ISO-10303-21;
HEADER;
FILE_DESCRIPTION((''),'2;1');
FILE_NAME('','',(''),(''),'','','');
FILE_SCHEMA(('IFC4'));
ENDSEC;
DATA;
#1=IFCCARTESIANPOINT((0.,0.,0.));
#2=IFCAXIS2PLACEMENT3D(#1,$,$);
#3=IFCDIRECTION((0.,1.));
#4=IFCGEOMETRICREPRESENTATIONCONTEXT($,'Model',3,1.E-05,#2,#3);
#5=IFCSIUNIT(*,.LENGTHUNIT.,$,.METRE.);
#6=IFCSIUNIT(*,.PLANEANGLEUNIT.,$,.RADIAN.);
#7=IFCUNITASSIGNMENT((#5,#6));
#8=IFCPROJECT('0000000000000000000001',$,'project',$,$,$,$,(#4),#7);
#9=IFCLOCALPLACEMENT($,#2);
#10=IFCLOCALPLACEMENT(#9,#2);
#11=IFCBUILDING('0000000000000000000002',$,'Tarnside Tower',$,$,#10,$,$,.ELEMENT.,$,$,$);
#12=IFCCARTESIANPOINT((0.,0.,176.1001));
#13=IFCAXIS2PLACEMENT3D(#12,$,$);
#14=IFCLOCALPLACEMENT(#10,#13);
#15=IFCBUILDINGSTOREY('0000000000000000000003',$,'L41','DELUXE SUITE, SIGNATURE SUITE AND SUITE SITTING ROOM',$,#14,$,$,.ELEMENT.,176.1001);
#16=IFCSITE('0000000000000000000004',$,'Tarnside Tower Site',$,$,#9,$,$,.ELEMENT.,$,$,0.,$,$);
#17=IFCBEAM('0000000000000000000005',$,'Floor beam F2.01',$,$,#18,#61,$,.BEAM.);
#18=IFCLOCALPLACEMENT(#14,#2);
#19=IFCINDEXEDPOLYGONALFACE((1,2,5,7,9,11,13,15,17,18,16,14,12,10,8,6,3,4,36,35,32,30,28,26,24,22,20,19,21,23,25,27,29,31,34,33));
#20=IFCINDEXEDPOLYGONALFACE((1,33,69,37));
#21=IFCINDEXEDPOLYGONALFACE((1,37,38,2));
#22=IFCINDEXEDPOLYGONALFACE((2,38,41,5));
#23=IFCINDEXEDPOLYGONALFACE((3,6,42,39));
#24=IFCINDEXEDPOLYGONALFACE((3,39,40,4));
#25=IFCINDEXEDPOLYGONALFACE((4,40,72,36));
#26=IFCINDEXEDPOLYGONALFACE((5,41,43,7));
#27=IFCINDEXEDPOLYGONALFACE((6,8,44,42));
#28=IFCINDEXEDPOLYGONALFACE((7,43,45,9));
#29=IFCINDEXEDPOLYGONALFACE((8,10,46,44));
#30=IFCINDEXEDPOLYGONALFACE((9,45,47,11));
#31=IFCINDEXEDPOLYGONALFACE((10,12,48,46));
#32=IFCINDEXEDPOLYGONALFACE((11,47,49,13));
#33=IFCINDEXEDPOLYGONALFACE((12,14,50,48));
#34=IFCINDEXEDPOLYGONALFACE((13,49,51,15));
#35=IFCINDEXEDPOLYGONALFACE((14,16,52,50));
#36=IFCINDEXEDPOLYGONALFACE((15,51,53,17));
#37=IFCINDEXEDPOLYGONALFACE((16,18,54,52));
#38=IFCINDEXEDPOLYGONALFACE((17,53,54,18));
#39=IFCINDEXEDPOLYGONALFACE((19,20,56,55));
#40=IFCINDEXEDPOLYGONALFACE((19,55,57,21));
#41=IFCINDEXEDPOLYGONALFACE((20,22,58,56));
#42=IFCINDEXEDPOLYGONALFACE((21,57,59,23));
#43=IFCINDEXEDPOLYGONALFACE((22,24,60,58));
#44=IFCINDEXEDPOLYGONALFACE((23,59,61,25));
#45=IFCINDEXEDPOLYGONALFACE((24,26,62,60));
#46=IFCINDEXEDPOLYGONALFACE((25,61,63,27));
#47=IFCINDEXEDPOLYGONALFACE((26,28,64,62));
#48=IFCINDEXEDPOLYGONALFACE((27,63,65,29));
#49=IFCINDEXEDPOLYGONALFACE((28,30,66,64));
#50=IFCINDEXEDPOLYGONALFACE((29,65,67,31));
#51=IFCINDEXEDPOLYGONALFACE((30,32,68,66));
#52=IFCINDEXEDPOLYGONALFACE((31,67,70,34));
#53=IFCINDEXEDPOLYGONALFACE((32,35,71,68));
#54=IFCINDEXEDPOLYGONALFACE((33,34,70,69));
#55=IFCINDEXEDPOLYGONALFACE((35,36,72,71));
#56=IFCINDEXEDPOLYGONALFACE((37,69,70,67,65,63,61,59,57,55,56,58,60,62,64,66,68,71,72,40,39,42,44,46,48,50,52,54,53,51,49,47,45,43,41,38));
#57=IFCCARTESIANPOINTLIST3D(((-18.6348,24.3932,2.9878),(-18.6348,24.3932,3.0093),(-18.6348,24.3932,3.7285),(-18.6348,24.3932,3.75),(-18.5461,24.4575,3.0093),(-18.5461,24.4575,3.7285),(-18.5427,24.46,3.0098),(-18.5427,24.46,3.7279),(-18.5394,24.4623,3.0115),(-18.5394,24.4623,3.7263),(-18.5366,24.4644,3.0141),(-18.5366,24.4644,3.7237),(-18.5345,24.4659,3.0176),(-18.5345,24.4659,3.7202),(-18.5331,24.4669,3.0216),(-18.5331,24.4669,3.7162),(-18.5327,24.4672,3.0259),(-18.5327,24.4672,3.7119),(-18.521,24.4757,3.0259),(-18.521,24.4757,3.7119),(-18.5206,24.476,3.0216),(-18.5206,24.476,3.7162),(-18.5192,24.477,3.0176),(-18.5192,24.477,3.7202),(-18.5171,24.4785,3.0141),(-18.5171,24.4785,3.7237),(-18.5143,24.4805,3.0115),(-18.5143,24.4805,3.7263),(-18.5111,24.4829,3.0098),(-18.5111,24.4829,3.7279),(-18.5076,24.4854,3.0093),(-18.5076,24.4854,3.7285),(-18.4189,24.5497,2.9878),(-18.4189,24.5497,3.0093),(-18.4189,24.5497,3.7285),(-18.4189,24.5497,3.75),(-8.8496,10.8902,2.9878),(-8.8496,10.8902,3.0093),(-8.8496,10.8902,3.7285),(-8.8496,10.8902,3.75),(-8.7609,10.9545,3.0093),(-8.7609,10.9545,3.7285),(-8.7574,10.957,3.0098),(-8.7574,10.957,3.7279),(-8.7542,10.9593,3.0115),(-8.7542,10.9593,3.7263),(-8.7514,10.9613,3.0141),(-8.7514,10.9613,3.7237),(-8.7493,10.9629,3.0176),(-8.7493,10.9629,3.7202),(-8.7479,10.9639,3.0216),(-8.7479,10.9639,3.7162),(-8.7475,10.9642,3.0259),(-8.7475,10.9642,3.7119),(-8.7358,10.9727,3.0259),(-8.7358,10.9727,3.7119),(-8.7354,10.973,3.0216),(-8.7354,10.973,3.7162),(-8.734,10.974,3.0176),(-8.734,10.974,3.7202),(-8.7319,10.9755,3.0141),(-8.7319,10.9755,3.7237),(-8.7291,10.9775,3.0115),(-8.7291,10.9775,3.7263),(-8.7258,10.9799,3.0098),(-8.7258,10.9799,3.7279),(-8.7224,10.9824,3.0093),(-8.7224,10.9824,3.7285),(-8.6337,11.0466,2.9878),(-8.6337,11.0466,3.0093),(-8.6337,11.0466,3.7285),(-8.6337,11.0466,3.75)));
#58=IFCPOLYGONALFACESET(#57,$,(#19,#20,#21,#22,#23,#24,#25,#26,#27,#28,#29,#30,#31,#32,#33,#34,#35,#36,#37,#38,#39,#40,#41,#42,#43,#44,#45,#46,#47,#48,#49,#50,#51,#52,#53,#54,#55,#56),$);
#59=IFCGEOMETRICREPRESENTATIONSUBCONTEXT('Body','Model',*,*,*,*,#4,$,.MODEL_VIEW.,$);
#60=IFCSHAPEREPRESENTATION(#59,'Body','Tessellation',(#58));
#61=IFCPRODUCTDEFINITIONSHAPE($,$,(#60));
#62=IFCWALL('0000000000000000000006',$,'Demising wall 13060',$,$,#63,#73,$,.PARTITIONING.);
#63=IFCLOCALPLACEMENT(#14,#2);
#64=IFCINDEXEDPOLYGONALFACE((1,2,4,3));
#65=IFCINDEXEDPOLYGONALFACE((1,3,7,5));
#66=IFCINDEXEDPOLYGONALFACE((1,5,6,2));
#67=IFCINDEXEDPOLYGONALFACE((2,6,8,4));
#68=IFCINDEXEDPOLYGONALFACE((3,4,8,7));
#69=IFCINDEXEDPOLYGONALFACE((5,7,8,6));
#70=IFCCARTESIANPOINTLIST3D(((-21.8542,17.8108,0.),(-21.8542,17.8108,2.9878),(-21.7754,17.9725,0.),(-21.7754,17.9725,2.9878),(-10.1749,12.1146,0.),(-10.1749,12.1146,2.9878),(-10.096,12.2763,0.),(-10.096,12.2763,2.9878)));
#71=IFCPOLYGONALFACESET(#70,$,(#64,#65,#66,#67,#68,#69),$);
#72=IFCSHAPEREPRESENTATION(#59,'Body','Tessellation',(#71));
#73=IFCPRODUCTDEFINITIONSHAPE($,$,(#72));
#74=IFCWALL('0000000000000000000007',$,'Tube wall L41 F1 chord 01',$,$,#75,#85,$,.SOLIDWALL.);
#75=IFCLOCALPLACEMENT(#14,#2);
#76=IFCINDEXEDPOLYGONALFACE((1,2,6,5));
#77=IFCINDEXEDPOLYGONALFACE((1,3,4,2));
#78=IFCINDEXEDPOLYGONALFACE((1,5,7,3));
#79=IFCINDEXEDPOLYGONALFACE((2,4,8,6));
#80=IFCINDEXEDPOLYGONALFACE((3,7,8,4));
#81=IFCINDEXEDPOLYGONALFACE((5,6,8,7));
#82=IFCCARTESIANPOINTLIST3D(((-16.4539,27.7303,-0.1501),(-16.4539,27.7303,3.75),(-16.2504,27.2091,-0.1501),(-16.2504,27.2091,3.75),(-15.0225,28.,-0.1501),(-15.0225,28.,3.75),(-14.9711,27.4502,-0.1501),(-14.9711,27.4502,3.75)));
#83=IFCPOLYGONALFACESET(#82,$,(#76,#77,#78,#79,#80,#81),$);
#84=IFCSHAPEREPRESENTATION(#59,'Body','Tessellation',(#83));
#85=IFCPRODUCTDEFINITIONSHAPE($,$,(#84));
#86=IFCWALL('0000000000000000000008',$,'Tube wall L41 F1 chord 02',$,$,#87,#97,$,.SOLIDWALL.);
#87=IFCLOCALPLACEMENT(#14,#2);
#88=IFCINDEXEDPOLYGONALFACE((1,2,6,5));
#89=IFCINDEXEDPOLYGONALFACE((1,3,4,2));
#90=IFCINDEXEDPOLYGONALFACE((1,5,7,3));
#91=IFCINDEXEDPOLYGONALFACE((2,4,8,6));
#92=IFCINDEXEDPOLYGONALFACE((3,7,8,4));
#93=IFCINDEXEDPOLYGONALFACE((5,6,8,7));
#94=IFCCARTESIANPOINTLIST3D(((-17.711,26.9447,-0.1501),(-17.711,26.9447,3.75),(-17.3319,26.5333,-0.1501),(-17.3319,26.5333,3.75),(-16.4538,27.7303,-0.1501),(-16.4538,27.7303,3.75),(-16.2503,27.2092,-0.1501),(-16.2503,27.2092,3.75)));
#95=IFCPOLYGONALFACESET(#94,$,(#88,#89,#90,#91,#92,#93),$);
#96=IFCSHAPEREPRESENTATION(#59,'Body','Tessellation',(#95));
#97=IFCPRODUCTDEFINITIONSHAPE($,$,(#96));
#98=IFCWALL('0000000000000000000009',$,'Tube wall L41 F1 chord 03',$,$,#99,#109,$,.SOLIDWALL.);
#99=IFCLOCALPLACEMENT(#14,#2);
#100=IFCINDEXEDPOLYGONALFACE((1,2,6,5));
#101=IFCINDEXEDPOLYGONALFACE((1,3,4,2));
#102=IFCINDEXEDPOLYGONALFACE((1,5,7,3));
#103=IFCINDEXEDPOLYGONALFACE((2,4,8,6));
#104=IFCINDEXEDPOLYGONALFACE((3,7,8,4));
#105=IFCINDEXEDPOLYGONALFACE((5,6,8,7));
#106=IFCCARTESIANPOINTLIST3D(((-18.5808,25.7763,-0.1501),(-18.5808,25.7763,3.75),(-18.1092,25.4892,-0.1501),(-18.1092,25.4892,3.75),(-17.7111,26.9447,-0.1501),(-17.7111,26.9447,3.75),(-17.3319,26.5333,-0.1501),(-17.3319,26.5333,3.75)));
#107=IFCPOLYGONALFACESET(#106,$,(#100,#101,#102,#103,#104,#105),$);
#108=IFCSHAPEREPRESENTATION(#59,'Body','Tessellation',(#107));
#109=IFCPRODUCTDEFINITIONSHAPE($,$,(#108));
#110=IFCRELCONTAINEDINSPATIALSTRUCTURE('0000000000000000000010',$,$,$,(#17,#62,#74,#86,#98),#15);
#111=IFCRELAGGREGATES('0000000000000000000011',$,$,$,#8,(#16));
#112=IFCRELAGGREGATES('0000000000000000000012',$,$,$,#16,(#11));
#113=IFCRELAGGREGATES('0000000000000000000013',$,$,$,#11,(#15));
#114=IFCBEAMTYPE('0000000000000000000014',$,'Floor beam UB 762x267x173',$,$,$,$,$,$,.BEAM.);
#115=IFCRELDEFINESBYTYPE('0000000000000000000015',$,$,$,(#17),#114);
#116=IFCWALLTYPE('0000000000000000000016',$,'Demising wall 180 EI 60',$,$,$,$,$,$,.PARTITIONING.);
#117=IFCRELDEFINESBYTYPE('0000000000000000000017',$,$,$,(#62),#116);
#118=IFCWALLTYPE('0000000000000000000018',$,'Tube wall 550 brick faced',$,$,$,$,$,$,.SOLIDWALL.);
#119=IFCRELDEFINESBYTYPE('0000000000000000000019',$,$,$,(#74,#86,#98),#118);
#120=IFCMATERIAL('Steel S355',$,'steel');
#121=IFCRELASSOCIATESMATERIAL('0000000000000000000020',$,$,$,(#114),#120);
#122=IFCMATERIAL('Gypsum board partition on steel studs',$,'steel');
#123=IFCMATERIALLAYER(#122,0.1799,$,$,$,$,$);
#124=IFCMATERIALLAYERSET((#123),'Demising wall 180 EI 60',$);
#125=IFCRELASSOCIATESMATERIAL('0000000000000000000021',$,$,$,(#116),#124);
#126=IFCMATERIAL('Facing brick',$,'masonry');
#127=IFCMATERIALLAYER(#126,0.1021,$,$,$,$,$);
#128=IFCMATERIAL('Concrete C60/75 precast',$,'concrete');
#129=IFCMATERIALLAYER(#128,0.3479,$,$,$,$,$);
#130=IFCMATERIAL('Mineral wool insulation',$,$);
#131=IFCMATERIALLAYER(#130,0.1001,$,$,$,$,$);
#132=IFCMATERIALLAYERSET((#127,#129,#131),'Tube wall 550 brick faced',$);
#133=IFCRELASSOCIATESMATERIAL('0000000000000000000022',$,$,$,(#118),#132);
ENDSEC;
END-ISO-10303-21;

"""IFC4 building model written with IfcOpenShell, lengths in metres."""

from ifc_helpers import new_model, si_unit, direction, frame, frame_2d, origin, origin_2d, place, context, subcontext, project, spatial, polyline, rectangle, i_section, outline, extrude, material, layer, layer_set, material_profile, profile_set, type_object, element, save


model = new_model("IFC4")

# Units and contexts
model_context = context("Model", 3, precision=1e-05, world=origin(), true_north=direction((0.0, 1.0)))
body_context = subcontext(model_context, "Body", "Model", "MODEL_VIEW")
ifc_project = project(units=[si_unit("LENGTHUNIT", "METRE"), si_unit("PLANEANGLEUNIT", "RADIAN")], contexts=[model_context])

# Site, building, storey
site_placement = place(None, origin())
site = spatial("IfcSite", under=ifc_project, at=site_placement, Name="Tarnside Tower Site", CompositionType="ELEMENT", RefElevation=0.0)
building_placement = place(site_placement, origin())
building = spatial("IfcBuilding", under=site, at=building_placement, Name="Tarnside Tower", CompositionType="ELEMENT")
storey_placement = place(building_placement, frame((0.0, 0.0, 176.1001)))
storey = spatial("IfcBuildingStorey", under=building, at=storey_placement, Name="L41", Description="DELUXE SUITE, SIGNATURE SUITE AND SUITE SITTING ROOM", CompositionType="ELEMENT", Elevation=176.1001)

# Beam
ifc_material_1 = material(Name="Steel S355", Category="steel")
ifc_material_profile_1 = material_profile(ifc_material_1, i_section(OverallWidth=0.2666, OverallDepth=0.7622, WebThickness=0.0144, FlangeThickness=0.0215, FilletRadius=0.0166, at=origin_2d()), Name="UB 762x267x173")
ifc_profile_set_1 = profile_set([ifc_material_profile_1], Name="Steel S355")
beam_type_1 = type_object("IfcBeamType", Name="Floor beam UB 762x267x173", PredefinedType="BEAM", material=ifc_profile_set_1)
beam_1_placement = place(storey_placement, frame((-18.5269, 24.4714, 3.3689), z_axis=(0.586792, -0.809738, 0.0), x_axis=(0.809738, 0.586792, 0.0)))
element("IfcBeam", 1, at=beam_1_placement, inside=storey, type_object=beam_type_1, Name="Floor beam F2.01", PredefinedType="BEAM", context=body_context, shape_type="SweptSolid", body=[
    extrude(i_section(OverallWidth=0.2666, OverallDepth=0.7622, WebThickness=0.0144, FlangeThickness=0.0215, FilletRadius=0.0166, at=origin_2d()), origin(), (0.0, 0.0, 1.0), 16.6758),
])

# Walls
ifc_material_2 = material(Name="Gypsum board partition on steel studs", Category="steel")
ifc_layer_1 = layer(ifc_material_2, 0.1799)
ifc_layer_set_1 = layer_set([ifc_layer_1], Name="Demising wall 180 EI 60")
wall_type_1 = type_object("IfcWallType", Name="Demising wall 180 EI 60", PredefinedType="PARTITIONING", material=ifc_layer_set_1)
wall_1_placement = place(storey_placement, frame((-21.8147, 17.8916, 0.0), z_axis=(0.0, 0.0, 1.0), x_axis=(0.898799, -0.438361, 0.0)))
element("IfcWall", 2, at=wall_1_placement, inside=storey, type_object=wall_type_1, Name="Demising wall 13060", PredefinedType="PARTITIONING", context=body_context, shape_type="SweptSolid", body=[
    extrude(rectangle(XDim=12.9944, YDim=0.1799, at=frame_2d((6.4971, 0.0))), origin(), (0.0, 0.0, 1.0), 2.9878),
])
ifc_material_3 = material(Name="Facing brick", Category="masonry")
ifc_layer_2 = layer(ifc_material_3, 0.1021)
ifc_material_4 = material(Name="Concrete C60/75 precast", Category="concrete")
ifc_layer_3 = layer(ifc_material_4, 0.3479)
ifc_material_5 = material(Name="Mineral wool insulation")
ifc_layer_4 = layer(ifc_material_5, 0.1001)
ifc_layer_set_2 = layer_set([ifc_layer_2, ifc_layer_3, ifc_layer_4], Name="Tube wall 550 brick faced")
wall_type_2 = type_object("IfcWallType", Name="Tube wall 550 brick faced", PredefinedType="SOLIDWALL", material=ifc_layer_set_2)
wall_2_placement = place(storey_placement, frame((-14.9968, 27.7251, -0.1501), z_axis=(0.0, 0.0, 1.0), x_axis=(-0.982705, -0.185176, 0.0)))
element("IfcWall", 3, at=wall_2_placement, inside=storey, type_object=wall_type_2, Name="Tube wall L41 F1 chord 01", PredefinedType="SOLIDWALL", context=body_context, shape_type="SweptSolid", body=[
    extrude(outline(polyline([(-0.0256, -0.2749), (1.4309, -0.2749), (1.3274, 0.2749), (0.0256, 0.2749), (-0.0256, -0.2749)])), origin(), (0.0, 0.0, 1.0), 3.9001),
])
wall_3_placement = place(storey_placement, frame((-16.3521, 27.4697, -0.1501), z_axis=(0.0, 0.0, 1.0), x_axis=(-0.848058, -0.529903, 0.0)))
element("IfcWall", 4, at=wall_3_placement, inside=storey, type_object=wall_type_2, Name="Tube wall L41 F1 chord 02", PredefinedType="SOLIDWALL", context=body_context, shape_type="SweptSolid", body=[
    extrude(outline(polyline([(-0.0518, -0.2749), (1.4307, -0.2749), (1.3271, 0.2749), (0.0518, 0.2749), (-0.0518, -0.2749)])), origin(), (0.0, 0.0, 1.0), 3.9001),
])
wall_4_placement = place(storey_placement, frame((-17.5215, 26.739, -0.1501), z_axis=(0.0, 0.0, 1.0), x_axis=(-0.597135, -0.802141, 0.0)))
element("IfcWall", 5, at=wall_4_placement, inside=storey, type_object=wall_type_2, Name="Tube wall L41 F1 chord 03", PredefinedType="SOLIDWALL", context=body_context, shape_type="SweptSolid", body=[
    extrude(outline(polyline([(-0.0518, -0.2749), (1.4048, -0.2749), (1.3535, 0.2749), (0.0518, 0.2749), (-0.0518, -0.2749)])), origin(), (0.0, 0.0, 1.0), 3.9001),
])

save(model, "model.ifc")
